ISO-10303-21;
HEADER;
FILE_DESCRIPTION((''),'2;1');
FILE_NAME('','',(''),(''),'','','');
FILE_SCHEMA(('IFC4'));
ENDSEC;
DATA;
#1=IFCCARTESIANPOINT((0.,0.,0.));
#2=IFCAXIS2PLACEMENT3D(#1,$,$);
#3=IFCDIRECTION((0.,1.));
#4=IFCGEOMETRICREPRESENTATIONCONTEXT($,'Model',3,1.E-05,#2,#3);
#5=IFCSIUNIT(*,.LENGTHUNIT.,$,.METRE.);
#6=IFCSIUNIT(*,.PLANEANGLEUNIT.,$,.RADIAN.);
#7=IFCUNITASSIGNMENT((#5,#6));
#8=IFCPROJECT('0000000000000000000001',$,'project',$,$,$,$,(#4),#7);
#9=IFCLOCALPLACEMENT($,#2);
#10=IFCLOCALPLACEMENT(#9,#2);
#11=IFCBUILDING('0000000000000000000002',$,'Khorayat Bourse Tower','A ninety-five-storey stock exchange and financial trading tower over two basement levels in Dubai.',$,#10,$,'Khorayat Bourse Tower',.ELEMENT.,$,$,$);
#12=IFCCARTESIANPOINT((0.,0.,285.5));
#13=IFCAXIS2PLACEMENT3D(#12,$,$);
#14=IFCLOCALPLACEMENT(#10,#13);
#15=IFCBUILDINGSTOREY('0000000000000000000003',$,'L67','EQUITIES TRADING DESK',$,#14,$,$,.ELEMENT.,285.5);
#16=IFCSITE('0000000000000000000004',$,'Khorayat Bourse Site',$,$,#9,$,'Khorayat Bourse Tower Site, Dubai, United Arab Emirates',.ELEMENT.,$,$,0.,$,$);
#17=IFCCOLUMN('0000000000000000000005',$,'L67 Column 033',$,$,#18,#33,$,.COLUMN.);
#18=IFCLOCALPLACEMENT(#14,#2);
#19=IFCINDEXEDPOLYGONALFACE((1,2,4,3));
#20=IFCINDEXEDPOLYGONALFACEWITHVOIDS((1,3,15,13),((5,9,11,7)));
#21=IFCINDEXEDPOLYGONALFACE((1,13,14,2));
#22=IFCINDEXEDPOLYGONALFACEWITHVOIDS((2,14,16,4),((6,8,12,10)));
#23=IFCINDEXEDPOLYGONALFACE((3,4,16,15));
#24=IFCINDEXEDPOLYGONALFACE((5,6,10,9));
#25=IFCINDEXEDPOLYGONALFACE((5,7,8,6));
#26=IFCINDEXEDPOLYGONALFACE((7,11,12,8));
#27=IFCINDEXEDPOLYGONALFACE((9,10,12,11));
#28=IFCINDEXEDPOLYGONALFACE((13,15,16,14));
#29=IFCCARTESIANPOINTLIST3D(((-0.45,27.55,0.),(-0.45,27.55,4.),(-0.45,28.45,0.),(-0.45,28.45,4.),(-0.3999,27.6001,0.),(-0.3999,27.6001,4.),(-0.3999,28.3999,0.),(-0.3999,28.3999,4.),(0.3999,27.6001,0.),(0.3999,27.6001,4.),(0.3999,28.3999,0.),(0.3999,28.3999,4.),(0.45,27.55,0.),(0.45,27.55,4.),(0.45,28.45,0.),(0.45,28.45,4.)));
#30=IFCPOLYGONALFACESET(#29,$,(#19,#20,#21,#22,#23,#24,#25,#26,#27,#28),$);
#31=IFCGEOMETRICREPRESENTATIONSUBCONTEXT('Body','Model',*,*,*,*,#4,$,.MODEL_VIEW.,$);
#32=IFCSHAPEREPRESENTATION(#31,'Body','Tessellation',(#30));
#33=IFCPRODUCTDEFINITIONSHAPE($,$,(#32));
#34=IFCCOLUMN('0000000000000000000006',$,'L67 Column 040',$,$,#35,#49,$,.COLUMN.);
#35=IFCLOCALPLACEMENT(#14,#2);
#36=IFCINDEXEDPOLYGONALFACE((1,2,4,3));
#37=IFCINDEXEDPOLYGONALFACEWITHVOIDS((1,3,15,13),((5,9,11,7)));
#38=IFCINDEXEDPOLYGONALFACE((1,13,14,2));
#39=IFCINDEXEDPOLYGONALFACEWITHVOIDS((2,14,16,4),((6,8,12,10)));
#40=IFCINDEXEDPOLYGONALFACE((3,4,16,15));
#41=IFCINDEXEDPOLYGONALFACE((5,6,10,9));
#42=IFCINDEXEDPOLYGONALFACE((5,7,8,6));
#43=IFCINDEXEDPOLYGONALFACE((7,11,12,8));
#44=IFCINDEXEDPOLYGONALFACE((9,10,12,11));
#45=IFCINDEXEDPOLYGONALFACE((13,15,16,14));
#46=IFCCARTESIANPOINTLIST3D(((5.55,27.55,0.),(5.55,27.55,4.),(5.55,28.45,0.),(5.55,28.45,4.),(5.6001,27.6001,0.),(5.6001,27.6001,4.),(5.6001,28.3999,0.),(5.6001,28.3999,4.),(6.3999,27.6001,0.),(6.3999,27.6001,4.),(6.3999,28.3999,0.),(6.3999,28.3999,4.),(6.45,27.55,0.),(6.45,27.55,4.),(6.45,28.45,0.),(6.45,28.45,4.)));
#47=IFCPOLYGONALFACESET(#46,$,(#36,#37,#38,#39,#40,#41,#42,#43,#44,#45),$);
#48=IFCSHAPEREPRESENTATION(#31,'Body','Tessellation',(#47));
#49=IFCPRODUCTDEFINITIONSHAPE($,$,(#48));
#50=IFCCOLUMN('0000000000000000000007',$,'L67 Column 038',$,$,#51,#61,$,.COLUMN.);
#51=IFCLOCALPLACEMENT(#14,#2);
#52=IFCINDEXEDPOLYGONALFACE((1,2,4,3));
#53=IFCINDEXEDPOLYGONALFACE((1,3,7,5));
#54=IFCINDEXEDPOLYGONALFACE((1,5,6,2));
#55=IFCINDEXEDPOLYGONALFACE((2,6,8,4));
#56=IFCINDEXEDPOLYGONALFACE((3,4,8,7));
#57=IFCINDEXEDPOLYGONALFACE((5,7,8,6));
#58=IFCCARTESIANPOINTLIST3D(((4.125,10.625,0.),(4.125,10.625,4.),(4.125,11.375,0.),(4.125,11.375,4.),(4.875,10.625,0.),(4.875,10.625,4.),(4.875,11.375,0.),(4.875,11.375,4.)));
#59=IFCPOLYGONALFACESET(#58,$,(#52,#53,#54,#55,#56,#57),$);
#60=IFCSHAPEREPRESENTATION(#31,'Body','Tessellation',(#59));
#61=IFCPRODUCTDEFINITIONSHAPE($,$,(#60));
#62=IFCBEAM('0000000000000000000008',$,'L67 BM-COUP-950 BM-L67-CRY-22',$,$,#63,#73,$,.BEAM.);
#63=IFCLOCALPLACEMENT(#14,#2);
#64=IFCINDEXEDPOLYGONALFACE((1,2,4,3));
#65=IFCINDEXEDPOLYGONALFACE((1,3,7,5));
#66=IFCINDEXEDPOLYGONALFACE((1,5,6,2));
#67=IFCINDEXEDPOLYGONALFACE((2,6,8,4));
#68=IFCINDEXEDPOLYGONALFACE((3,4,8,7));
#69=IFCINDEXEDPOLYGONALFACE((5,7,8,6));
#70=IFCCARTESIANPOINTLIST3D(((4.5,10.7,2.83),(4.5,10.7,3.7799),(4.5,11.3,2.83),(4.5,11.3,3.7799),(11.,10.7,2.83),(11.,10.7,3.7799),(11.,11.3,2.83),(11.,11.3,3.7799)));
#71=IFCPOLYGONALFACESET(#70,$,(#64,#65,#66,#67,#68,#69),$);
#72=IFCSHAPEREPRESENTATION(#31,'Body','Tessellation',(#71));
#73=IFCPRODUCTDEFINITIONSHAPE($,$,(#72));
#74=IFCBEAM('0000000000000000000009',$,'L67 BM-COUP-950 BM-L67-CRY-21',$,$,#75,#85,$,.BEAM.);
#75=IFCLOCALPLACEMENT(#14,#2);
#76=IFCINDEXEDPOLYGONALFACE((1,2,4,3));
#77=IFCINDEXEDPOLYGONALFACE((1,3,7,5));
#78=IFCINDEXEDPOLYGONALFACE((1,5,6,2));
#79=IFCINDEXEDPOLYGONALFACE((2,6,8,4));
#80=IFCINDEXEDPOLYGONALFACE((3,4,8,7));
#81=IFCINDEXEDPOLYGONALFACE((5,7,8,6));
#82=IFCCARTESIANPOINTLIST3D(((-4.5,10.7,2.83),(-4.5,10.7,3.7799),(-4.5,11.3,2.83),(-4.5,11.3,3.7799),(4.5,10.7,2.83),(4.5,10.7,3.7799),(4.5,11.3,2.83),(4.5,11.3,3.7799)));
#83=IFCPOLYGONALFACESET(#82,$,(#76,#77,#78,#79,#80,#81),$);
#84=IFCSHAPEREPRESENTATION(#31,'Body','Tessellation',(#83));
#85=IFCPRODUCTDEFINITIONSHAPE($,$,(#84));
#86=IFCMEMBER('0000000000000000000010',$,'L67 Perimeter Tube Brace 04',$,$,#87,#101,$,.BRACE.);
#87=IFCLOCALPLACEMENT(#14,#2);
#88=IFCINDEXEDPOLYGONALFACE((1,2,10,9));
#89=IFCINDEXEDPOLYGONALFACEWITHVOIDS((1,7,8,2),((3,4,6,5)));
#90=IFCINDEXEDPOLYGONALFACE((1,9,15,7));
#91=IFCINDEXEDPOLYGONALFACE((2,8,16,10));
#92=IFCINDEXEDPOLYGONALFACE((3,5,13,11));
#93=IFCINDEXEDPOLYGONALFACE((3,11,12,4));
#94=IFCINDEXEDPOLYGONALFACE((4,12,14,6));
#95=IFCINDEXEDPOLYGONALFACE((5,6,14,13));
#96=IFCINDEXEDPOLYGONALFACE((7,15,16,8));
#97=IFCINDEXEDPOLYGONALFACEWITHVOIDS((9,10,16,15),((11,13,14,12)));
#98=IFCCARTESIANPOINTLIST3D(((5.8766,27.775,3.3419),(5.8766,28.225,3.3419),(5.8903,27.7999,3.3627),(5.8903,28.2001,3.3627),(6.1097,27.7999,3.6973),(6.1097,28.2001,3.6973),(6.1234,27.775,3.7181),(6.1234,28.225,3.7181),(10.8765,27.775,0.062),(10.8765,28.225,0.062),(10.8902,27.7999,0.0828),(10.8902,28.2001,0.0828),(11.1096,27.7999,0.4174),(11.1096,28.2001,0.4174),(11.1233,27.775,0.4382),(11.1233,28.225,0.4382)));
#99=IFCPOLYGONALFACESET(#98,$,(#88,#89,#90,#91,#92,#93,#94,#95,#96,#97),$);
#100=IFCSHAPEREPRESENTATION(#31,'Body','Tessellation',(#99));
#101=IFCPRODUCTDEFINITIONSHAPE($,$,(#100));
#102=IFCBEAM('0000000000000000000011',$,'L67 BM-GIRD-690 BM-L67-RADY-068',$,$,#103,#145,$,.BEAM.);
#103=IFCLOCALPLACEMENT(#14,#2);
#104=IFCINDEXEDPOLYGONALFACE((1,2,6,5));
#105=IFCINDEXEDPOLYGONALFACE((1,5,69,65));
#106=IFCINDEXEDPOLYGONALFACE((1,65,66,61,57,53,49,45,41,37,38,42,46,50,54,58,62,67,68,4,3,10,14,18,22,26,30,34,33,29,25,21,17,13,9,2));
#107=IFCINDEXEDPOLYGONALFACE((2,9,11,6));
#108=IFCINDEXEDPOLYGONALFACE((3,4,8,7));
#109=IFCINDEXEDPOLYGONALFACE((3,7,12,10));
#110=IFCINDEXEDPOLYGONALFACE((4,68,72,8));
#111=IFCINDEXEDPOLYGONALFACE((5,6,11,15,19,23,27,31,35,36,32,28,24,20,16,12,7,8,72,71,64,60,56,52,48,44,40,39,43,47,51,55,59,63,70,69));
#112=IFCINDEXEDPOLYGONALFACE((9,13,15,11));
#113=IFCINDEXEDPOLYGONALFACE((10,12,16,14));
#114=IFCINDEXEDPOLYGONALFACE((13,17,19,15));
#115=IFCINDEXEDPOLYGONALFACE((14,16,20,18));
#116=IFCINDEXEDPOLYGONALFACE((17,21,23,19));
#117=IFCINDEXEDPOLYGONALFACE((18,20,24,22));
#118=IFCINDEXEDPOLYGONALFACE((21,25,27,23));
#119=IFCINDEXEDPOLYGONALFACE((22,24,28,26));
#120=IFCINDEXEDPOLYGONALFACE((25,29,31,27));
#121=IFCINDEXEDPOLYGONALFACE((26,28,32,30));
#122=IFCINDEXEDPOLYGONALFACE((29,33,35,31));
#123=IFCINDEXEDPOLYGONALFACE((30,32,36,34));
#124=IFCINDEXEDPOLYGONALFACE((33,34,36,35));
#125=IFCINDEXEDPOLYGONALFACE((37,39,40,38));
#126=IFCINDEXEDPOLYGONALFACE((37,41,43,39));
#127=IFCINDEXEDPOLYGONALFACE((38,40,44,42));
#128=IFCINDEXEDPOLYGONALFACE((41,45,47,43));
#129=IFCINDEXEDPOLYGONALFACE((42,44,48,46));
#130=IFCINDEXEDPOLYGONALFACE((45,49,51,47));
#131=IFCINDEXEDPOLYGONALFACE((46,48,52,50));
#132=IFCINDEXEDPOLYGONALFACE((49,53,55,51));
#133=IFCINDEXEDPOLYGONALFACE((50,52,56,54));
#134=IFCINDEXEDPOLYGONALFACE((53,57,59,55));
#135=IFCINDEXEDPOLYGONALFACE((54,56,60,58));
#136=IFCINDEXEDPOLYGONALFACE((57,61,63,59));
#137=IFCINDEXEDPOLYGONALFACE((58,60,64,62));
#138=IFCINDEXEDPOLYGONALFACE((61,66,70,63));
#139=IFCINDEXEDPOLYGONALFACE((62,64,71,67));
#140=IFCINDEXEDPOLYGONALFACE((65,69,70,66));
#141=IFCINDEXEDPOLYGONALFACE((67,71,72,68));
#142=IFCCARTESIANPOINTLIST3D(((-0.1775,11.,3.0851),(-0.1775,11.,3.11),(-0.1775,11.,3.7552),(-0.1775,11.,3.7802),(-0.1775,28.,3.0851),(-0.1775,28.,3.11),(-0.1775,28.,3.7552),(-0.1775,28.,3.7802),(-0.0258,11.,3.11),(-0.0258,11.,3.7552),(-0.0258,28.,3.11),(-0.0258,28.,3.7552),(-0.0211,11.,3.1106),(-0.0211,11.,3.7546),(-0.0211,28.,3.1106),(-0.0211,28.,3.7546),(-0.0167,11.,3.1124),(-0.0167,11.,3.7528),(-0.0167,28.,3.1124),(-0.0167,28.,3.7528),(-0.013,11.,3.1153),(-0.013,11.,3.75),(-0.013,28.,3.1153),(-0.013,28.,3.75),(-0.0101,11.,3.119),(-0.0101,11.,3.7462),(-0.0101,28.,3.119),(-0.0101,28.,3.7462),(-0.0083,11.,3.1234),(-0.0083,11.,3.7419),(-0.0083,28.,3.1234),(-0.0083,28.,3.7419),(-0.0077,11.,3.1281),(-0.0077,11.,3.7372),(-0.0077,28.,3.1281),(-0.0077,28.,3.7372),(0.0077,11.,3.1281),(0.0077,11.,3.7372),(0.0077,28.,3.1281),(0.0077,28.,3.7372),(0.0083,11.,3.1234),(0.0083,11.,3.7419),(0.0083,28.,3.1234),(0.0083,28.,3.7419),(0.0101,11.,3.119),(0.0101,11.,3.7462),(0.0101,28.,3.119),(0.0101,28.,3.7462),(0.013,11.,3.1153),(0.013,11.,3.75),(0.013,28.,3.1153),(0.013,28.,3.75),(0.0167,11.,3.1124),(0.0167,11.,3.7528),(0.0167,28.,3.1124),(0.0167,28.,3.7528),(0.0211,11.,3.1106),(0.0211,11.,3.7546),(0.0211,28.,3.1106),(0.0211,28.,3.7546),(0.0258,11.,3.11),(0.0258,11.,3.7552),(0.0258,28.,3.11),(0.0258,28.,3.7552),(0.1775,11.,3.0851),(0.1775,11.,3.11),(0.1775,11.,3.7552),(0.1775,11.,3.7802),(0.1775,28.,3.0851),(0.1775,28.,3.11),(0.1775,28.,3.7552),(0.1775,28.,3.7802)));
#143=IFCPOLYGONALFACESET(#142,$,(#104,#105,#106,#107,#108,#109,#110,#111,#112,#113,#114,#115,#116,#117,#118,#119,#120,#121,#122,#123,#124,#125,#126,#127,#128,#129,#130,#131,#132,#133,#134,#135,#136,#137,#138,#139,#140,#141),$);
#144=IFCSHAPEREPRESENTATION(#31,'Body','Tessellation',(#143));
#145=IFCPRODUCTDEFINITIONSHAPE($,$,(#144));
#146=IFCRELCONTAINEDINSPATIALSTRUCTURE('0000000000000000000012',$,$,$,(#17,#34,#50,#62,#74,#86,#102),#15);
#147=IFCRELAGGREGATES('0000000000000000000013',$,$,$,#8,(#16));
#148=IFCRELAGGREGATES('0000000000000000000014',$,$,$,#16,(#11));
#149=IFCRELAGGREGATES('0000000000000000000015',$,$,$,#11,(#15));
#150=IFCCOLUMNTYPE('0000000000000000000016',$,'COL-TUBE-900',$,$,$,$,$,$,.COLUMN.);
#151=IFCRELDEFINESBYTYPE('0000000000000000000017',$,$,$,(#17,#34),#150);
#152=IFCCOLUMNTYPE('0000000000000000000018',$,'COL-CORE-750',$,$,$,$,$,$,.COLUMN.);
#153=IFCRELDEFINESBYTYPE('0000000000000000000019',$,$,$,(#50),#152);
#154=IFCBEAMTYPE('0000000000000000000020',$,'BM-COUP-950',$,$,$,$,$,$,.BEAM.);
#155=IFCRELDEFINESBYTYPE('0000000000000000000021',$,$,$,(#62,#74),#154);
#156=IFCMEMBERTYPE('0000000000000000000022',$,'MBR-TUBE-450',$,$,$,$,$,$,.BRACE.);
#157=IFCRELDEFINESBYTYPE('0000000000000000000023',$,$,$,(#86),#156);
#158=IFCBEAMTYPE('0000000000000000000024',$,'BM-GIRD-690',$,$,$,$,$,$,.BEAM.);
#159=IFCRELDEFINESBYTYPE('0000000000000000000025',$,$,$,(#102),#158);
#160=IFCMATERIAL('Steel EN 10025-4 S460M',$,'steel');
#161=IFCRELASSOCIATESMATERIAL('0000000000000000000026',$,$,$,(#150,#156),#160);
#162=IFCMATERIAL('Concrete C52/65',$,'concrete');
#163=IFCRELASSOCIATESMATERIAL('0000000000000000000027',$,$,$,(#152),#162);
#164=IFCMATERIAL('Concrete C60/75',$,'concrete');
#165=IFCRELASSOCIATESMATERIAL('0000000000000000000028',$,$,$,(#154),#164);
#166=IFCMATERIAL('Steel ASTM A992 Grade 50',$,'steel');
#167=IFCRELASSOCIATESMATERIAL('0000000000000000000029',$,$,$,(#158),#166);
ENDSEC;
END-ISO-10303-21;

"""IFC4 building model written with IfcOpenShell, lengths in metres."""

from ifc_helpers import new_model, si_unit, direction, frame, origin, origin_2d, place, context, subcontext, project, spatial, rectangle, hollow_rectangle, i_section, extrude, source, transform, mapped, material, material_profile, profile_set, type_object, element, save


model = new_model("IFC4")

# Units and contexts
model_context = context("Model", 3, precision=1e-05, world=origin(), true_north=direction((0.0, 1.0)))
body_context = subcontext(model_context, "Body", "Model", "MODEL_VIEW")
ifc_project = project(units=[si_unit("LENGTHUNIT", "METRE"), si_unit("PLANEANGLEUNIT", "RADIAN")], contexts=[model_context])

# Site, building, storey
site_placement = place(None, origin())
site = spatial("IfcSite", under=ifc_project, at=site_placement, Name="Khorayat Bourse Site", LongName="Khorayat Bourse Tower Site, Dubai, United Arab Emirates", CompositionType="ELEMENT", RefElevation=0.0)
building_placement = place(site_placement, origin())
building = spatial("IfcBuilding", under=site, at=building_placement, Name="Khorayat Bourse Tower", Description="A ninety-five-storey stock exchange and financial trading tower over two basement levels in Dubai.", LongName="Khorayat Bourse Tower", CompositionType="ELEMENT")
storey_placement = place(building_placement, frame((0.0, 0.0, 285.5)))
storey = spatial("IfcBuildingStorey", under=building, at=storey_placement, Name="L67", Description="EQUITIES TRADING DESK", CompositionType="ELEMENT", Elevation=285.5)

# Columns
ifc_material_1 = material(Name="Steel EN 10025-4 S460M", Category="steel")
ifc_material_profile_1 = material_profile(ifc_material_1, hollow_rectangle(XDim=0.8999, YDim=0.8999, WallThickness=0.05, at=origin_2d()), Name="BOX 900x900x50")
ifc_profile_set_1 = profile_set([ifc_material_profile_1], Name="Steel EN 10025-4 S460M")
column_type_1 = type_object("IfcColumnType", Name="COL-TUBE-900", PredefinedType="COLUMN", material=ifc_profile_set_1)
shared_shape_1 = source(origin(), body_context, "Body", "SweptSolid", [
    extrude(hollow_rectangle(XDim=0.8999, YDim=0.8999, WallThickness=0.05, at=origin_2d()), origin(), (0.0, 0.0, 1.0), 4.0),
])
for number, where, z_axis, x_axis, name in (
    (1, (0.0, 28.0, 0.0), (0.0, 0.0, 1.0), (1.0, 0.0, 0.0), "L67 Column 033"),
    (2, (6.0, 28.0, 0.0), (0.0, 0.0, 1.0), (1.0, 0.0, 0.0), "L67 Column 040"),
):
    element("IfcColumn", number, at=place(storey_placement, frame(where, z_axis=z_axis, x_axis=x_axis)), inside=storey, type_object=column_type_1, Name=name, PredefinedType="COLUMN", context=body_context, shape_type="MappedRepresentation", body=[
        mapped(shared_shape_1, transform((0.0, 0.0, 0.0), scale=1.0)),
    ])
ifc_material_2 = material(Name="Concrete C52/65", Category="concrete")
ifc_material_profile_2 = material_profile(ifc_material_2, rectangle(XDim=0.75, YDim=0.75, at=origin_2d()), Name="RC 750x750")
ifc_profile_set_2 = profile_set([ifc_material_profile_2], Name="Concrete C52/65")
column_type_2 = type_object("IfcColumnType", Name="COL-CORE-750", PredefinedType="COLUMN", material=ifc_profile_set_2)
shared_shape_2 = source(origin(), body_context, "Body", "SweptSolid", [
    extrude(rectangle(XDim=0.75, YDim=0.75, at=origin_2d()), origin(), (0.0, 0.0, 1.0), 4.0),
])
column_placement = place(storey_placement, frame((4.5, 11.0, 0.0), z_axis=(0.0, 0.0, 1.0), x_axis=(1.0, 0.0, 0.0)))
element("IfcColumn", 3, at=column_placement, inside=storey, type_object=column_type_2, Name="L67 Column 038", PredefinedType="COLUMN", context=body_context, shape_type="MappedRepresentation", body=[
    mapped(shared_shape_2, transform((0.0, 0.0, 0.0), scale=1.0)),
])

# Beams
ifc_material_3 = material(Name="Concrete C60/75", Category="concrete")
ifc_material_profile_3 = material_profile(ifc_material_3, rectangle(XDim=0.6001, YDim=0.95, at=origin_2d()), Name="RC 600x950")
ifc_profile_set_3 = profile_set([ifc_material_profile_3], Name="Concrete C60/75")
beam_type_1 = type_object("IfcBeamType", Name="BM-COUP-950", PredefinedType="BEAM", material=ifc_profile_set_3)
shared_shape_3 = source(origin(), body_context, "Body", "SweptSolid", [
    extrude(rectangle(XDim=0.6001, YDim=0.95, at=origin_2d()), origin(), (0.0, 0.0, 1.0), 6.5),
])
beam_1_placement = place(storey_placement, frame((4.5, 11.0, 3.3049), z_axis=(1.0, 0.0, 0.0), x_axis=(0.0, 1.0, 0.0)))
element("IfcBeam", 4, at=beam_1_placement, inside=storey, type_object=beam_type_1, Name="L67 BM-COUP-950 BM-L67-CRY-22", PredefinedType="BEAM", context=body_context, shape_type="MappedRepresentation", body=[
    mapped(shared_shape_3, transform((0.0, 0.0, 0.0), scale=1.0)),
])
shared_shape_4 = source(origin(), body_context, "Body", "SweptSolid", [
    extrude(rectangle(XDim=0.6001, YDim=0.95, at=origin_2d()), origin(), (0.0, 0.0, 1.0), 9.0),
])
beam_2_placement = place(storey_placement, frame((-4.5, 11.0, 3.3049), z_axis=(1.0, 0.0, 0.0), x_axis=(0.0, 1.0, 0.0)))
element("IfcBeam", 5, at=beam_2_placement, inside=storey, type_object=beam_type_1, Name="L67 BM-COUP-950 BM-L67-CRY-21", PredefinedType="BEAM", context=body_context, shape_type="MappedRepresentation", body=[
    mapped(shared_shape_4, transform((0.0, 0.0, 0.0), scale=1.0)),
])

# Member
ifc_material_profile_4 = material_profile(ifc_material_1, hollow_rectangle(XDim=0.45, YDim=0.45, WallThickness=0.0249, at=origin_2d()), Name="HSS 450x450x25")
ifc_profile_set_4 = profile_set([ifc_material_profile_4], Name="Steel EN 10025-4 S460M")
member_type_1 = type_object("IfcMemberType", Name="MBR-TUBE-450", PredefinedType="BRACE", material=ifc_profile_set_4)
shared_shape_5 = source(origin(), body_context, "Body", "SweptSolid", [
    extrude(hollow_rectangle(XDim=0.45, YDim=0.45, WallThickness=0.0249, at=origin_2d()), origin(), (0.0, 0.0, 1.0), 5.9797),
])
member_1_placement = place(storey_placement, frame((6.0, 28.0, 3.53), z_axis=(0.836142, 0.0, -0.548514), x_axis=(0.0, 1.0, 0.0)))
element("IfcMember", 6, at=member_1_placement, inside=storey, type_object=member_type_1, Name="L67 Perimeter Tube Brace 04", PredefinedType="BRACE", context=body_context, shape_type="MappedRepresentation", body=[
    mapped(shared_shape_5, transform((0.0, 0.0, 0.0), scale=1.0)),
])

# Beam
ifc_material_4 = material(Name="Steel ASTM A992 Grade 50", Category="steel")
ifc_material_profile_5 = material_profile(ifc_material_4, i_section(OverallWidth=0.355, OverallDepth=0.6951, WebThickness=0.0154, FlangeThickness=0.0249, FilletRadius=0.0181, at=origin_2d()), Name="W690X217")
ifc_profile_set_5 = profile_set([ifc_material_profile_5], Name="Steel ASTM A992 Grade 50")
beam_type_2 = type_object("IfcBeamType", Name="BM-GIRD-690", PredefinedType="BEAM", material=ifc_profile_set_5)
shared_shape_6 = source(origin(), body_context, "Body", "SweptSolid", [
    extrude(i_section(OverallWidth=0.355, OverallDepth=0.6951, WebThickness=0.0154, FlangeThickness=0.0249, FilletRadius=0.0181, at=origin_2d()), origin(), (0.0, 0.0, 1.0), 17.0),
])
for number, where, z_axis, x_axis, name in (
    (7, (0.0, 11.0, 3.4326), (0.0, 1.0, 0.0), (-1.0, 0.0, 0.0), "L67 BM-GIRD-690 BM-L67-RADY-068"),
):
    element("IfcBeam", number, at=place(storey_placement, frame(where, z_axis=z_axis, x_axis=x_axis)), inside=storey, type_object=beam_type_2, Name=name, PredefinedType="BEAM", context=body_context, shape_type="MappedRepresentation", body=[
        mapped(shared_shape_6, transform((0.0, 0.0, 0.0), scale=1.0)),
    ])

save(model, "model.ifc")
